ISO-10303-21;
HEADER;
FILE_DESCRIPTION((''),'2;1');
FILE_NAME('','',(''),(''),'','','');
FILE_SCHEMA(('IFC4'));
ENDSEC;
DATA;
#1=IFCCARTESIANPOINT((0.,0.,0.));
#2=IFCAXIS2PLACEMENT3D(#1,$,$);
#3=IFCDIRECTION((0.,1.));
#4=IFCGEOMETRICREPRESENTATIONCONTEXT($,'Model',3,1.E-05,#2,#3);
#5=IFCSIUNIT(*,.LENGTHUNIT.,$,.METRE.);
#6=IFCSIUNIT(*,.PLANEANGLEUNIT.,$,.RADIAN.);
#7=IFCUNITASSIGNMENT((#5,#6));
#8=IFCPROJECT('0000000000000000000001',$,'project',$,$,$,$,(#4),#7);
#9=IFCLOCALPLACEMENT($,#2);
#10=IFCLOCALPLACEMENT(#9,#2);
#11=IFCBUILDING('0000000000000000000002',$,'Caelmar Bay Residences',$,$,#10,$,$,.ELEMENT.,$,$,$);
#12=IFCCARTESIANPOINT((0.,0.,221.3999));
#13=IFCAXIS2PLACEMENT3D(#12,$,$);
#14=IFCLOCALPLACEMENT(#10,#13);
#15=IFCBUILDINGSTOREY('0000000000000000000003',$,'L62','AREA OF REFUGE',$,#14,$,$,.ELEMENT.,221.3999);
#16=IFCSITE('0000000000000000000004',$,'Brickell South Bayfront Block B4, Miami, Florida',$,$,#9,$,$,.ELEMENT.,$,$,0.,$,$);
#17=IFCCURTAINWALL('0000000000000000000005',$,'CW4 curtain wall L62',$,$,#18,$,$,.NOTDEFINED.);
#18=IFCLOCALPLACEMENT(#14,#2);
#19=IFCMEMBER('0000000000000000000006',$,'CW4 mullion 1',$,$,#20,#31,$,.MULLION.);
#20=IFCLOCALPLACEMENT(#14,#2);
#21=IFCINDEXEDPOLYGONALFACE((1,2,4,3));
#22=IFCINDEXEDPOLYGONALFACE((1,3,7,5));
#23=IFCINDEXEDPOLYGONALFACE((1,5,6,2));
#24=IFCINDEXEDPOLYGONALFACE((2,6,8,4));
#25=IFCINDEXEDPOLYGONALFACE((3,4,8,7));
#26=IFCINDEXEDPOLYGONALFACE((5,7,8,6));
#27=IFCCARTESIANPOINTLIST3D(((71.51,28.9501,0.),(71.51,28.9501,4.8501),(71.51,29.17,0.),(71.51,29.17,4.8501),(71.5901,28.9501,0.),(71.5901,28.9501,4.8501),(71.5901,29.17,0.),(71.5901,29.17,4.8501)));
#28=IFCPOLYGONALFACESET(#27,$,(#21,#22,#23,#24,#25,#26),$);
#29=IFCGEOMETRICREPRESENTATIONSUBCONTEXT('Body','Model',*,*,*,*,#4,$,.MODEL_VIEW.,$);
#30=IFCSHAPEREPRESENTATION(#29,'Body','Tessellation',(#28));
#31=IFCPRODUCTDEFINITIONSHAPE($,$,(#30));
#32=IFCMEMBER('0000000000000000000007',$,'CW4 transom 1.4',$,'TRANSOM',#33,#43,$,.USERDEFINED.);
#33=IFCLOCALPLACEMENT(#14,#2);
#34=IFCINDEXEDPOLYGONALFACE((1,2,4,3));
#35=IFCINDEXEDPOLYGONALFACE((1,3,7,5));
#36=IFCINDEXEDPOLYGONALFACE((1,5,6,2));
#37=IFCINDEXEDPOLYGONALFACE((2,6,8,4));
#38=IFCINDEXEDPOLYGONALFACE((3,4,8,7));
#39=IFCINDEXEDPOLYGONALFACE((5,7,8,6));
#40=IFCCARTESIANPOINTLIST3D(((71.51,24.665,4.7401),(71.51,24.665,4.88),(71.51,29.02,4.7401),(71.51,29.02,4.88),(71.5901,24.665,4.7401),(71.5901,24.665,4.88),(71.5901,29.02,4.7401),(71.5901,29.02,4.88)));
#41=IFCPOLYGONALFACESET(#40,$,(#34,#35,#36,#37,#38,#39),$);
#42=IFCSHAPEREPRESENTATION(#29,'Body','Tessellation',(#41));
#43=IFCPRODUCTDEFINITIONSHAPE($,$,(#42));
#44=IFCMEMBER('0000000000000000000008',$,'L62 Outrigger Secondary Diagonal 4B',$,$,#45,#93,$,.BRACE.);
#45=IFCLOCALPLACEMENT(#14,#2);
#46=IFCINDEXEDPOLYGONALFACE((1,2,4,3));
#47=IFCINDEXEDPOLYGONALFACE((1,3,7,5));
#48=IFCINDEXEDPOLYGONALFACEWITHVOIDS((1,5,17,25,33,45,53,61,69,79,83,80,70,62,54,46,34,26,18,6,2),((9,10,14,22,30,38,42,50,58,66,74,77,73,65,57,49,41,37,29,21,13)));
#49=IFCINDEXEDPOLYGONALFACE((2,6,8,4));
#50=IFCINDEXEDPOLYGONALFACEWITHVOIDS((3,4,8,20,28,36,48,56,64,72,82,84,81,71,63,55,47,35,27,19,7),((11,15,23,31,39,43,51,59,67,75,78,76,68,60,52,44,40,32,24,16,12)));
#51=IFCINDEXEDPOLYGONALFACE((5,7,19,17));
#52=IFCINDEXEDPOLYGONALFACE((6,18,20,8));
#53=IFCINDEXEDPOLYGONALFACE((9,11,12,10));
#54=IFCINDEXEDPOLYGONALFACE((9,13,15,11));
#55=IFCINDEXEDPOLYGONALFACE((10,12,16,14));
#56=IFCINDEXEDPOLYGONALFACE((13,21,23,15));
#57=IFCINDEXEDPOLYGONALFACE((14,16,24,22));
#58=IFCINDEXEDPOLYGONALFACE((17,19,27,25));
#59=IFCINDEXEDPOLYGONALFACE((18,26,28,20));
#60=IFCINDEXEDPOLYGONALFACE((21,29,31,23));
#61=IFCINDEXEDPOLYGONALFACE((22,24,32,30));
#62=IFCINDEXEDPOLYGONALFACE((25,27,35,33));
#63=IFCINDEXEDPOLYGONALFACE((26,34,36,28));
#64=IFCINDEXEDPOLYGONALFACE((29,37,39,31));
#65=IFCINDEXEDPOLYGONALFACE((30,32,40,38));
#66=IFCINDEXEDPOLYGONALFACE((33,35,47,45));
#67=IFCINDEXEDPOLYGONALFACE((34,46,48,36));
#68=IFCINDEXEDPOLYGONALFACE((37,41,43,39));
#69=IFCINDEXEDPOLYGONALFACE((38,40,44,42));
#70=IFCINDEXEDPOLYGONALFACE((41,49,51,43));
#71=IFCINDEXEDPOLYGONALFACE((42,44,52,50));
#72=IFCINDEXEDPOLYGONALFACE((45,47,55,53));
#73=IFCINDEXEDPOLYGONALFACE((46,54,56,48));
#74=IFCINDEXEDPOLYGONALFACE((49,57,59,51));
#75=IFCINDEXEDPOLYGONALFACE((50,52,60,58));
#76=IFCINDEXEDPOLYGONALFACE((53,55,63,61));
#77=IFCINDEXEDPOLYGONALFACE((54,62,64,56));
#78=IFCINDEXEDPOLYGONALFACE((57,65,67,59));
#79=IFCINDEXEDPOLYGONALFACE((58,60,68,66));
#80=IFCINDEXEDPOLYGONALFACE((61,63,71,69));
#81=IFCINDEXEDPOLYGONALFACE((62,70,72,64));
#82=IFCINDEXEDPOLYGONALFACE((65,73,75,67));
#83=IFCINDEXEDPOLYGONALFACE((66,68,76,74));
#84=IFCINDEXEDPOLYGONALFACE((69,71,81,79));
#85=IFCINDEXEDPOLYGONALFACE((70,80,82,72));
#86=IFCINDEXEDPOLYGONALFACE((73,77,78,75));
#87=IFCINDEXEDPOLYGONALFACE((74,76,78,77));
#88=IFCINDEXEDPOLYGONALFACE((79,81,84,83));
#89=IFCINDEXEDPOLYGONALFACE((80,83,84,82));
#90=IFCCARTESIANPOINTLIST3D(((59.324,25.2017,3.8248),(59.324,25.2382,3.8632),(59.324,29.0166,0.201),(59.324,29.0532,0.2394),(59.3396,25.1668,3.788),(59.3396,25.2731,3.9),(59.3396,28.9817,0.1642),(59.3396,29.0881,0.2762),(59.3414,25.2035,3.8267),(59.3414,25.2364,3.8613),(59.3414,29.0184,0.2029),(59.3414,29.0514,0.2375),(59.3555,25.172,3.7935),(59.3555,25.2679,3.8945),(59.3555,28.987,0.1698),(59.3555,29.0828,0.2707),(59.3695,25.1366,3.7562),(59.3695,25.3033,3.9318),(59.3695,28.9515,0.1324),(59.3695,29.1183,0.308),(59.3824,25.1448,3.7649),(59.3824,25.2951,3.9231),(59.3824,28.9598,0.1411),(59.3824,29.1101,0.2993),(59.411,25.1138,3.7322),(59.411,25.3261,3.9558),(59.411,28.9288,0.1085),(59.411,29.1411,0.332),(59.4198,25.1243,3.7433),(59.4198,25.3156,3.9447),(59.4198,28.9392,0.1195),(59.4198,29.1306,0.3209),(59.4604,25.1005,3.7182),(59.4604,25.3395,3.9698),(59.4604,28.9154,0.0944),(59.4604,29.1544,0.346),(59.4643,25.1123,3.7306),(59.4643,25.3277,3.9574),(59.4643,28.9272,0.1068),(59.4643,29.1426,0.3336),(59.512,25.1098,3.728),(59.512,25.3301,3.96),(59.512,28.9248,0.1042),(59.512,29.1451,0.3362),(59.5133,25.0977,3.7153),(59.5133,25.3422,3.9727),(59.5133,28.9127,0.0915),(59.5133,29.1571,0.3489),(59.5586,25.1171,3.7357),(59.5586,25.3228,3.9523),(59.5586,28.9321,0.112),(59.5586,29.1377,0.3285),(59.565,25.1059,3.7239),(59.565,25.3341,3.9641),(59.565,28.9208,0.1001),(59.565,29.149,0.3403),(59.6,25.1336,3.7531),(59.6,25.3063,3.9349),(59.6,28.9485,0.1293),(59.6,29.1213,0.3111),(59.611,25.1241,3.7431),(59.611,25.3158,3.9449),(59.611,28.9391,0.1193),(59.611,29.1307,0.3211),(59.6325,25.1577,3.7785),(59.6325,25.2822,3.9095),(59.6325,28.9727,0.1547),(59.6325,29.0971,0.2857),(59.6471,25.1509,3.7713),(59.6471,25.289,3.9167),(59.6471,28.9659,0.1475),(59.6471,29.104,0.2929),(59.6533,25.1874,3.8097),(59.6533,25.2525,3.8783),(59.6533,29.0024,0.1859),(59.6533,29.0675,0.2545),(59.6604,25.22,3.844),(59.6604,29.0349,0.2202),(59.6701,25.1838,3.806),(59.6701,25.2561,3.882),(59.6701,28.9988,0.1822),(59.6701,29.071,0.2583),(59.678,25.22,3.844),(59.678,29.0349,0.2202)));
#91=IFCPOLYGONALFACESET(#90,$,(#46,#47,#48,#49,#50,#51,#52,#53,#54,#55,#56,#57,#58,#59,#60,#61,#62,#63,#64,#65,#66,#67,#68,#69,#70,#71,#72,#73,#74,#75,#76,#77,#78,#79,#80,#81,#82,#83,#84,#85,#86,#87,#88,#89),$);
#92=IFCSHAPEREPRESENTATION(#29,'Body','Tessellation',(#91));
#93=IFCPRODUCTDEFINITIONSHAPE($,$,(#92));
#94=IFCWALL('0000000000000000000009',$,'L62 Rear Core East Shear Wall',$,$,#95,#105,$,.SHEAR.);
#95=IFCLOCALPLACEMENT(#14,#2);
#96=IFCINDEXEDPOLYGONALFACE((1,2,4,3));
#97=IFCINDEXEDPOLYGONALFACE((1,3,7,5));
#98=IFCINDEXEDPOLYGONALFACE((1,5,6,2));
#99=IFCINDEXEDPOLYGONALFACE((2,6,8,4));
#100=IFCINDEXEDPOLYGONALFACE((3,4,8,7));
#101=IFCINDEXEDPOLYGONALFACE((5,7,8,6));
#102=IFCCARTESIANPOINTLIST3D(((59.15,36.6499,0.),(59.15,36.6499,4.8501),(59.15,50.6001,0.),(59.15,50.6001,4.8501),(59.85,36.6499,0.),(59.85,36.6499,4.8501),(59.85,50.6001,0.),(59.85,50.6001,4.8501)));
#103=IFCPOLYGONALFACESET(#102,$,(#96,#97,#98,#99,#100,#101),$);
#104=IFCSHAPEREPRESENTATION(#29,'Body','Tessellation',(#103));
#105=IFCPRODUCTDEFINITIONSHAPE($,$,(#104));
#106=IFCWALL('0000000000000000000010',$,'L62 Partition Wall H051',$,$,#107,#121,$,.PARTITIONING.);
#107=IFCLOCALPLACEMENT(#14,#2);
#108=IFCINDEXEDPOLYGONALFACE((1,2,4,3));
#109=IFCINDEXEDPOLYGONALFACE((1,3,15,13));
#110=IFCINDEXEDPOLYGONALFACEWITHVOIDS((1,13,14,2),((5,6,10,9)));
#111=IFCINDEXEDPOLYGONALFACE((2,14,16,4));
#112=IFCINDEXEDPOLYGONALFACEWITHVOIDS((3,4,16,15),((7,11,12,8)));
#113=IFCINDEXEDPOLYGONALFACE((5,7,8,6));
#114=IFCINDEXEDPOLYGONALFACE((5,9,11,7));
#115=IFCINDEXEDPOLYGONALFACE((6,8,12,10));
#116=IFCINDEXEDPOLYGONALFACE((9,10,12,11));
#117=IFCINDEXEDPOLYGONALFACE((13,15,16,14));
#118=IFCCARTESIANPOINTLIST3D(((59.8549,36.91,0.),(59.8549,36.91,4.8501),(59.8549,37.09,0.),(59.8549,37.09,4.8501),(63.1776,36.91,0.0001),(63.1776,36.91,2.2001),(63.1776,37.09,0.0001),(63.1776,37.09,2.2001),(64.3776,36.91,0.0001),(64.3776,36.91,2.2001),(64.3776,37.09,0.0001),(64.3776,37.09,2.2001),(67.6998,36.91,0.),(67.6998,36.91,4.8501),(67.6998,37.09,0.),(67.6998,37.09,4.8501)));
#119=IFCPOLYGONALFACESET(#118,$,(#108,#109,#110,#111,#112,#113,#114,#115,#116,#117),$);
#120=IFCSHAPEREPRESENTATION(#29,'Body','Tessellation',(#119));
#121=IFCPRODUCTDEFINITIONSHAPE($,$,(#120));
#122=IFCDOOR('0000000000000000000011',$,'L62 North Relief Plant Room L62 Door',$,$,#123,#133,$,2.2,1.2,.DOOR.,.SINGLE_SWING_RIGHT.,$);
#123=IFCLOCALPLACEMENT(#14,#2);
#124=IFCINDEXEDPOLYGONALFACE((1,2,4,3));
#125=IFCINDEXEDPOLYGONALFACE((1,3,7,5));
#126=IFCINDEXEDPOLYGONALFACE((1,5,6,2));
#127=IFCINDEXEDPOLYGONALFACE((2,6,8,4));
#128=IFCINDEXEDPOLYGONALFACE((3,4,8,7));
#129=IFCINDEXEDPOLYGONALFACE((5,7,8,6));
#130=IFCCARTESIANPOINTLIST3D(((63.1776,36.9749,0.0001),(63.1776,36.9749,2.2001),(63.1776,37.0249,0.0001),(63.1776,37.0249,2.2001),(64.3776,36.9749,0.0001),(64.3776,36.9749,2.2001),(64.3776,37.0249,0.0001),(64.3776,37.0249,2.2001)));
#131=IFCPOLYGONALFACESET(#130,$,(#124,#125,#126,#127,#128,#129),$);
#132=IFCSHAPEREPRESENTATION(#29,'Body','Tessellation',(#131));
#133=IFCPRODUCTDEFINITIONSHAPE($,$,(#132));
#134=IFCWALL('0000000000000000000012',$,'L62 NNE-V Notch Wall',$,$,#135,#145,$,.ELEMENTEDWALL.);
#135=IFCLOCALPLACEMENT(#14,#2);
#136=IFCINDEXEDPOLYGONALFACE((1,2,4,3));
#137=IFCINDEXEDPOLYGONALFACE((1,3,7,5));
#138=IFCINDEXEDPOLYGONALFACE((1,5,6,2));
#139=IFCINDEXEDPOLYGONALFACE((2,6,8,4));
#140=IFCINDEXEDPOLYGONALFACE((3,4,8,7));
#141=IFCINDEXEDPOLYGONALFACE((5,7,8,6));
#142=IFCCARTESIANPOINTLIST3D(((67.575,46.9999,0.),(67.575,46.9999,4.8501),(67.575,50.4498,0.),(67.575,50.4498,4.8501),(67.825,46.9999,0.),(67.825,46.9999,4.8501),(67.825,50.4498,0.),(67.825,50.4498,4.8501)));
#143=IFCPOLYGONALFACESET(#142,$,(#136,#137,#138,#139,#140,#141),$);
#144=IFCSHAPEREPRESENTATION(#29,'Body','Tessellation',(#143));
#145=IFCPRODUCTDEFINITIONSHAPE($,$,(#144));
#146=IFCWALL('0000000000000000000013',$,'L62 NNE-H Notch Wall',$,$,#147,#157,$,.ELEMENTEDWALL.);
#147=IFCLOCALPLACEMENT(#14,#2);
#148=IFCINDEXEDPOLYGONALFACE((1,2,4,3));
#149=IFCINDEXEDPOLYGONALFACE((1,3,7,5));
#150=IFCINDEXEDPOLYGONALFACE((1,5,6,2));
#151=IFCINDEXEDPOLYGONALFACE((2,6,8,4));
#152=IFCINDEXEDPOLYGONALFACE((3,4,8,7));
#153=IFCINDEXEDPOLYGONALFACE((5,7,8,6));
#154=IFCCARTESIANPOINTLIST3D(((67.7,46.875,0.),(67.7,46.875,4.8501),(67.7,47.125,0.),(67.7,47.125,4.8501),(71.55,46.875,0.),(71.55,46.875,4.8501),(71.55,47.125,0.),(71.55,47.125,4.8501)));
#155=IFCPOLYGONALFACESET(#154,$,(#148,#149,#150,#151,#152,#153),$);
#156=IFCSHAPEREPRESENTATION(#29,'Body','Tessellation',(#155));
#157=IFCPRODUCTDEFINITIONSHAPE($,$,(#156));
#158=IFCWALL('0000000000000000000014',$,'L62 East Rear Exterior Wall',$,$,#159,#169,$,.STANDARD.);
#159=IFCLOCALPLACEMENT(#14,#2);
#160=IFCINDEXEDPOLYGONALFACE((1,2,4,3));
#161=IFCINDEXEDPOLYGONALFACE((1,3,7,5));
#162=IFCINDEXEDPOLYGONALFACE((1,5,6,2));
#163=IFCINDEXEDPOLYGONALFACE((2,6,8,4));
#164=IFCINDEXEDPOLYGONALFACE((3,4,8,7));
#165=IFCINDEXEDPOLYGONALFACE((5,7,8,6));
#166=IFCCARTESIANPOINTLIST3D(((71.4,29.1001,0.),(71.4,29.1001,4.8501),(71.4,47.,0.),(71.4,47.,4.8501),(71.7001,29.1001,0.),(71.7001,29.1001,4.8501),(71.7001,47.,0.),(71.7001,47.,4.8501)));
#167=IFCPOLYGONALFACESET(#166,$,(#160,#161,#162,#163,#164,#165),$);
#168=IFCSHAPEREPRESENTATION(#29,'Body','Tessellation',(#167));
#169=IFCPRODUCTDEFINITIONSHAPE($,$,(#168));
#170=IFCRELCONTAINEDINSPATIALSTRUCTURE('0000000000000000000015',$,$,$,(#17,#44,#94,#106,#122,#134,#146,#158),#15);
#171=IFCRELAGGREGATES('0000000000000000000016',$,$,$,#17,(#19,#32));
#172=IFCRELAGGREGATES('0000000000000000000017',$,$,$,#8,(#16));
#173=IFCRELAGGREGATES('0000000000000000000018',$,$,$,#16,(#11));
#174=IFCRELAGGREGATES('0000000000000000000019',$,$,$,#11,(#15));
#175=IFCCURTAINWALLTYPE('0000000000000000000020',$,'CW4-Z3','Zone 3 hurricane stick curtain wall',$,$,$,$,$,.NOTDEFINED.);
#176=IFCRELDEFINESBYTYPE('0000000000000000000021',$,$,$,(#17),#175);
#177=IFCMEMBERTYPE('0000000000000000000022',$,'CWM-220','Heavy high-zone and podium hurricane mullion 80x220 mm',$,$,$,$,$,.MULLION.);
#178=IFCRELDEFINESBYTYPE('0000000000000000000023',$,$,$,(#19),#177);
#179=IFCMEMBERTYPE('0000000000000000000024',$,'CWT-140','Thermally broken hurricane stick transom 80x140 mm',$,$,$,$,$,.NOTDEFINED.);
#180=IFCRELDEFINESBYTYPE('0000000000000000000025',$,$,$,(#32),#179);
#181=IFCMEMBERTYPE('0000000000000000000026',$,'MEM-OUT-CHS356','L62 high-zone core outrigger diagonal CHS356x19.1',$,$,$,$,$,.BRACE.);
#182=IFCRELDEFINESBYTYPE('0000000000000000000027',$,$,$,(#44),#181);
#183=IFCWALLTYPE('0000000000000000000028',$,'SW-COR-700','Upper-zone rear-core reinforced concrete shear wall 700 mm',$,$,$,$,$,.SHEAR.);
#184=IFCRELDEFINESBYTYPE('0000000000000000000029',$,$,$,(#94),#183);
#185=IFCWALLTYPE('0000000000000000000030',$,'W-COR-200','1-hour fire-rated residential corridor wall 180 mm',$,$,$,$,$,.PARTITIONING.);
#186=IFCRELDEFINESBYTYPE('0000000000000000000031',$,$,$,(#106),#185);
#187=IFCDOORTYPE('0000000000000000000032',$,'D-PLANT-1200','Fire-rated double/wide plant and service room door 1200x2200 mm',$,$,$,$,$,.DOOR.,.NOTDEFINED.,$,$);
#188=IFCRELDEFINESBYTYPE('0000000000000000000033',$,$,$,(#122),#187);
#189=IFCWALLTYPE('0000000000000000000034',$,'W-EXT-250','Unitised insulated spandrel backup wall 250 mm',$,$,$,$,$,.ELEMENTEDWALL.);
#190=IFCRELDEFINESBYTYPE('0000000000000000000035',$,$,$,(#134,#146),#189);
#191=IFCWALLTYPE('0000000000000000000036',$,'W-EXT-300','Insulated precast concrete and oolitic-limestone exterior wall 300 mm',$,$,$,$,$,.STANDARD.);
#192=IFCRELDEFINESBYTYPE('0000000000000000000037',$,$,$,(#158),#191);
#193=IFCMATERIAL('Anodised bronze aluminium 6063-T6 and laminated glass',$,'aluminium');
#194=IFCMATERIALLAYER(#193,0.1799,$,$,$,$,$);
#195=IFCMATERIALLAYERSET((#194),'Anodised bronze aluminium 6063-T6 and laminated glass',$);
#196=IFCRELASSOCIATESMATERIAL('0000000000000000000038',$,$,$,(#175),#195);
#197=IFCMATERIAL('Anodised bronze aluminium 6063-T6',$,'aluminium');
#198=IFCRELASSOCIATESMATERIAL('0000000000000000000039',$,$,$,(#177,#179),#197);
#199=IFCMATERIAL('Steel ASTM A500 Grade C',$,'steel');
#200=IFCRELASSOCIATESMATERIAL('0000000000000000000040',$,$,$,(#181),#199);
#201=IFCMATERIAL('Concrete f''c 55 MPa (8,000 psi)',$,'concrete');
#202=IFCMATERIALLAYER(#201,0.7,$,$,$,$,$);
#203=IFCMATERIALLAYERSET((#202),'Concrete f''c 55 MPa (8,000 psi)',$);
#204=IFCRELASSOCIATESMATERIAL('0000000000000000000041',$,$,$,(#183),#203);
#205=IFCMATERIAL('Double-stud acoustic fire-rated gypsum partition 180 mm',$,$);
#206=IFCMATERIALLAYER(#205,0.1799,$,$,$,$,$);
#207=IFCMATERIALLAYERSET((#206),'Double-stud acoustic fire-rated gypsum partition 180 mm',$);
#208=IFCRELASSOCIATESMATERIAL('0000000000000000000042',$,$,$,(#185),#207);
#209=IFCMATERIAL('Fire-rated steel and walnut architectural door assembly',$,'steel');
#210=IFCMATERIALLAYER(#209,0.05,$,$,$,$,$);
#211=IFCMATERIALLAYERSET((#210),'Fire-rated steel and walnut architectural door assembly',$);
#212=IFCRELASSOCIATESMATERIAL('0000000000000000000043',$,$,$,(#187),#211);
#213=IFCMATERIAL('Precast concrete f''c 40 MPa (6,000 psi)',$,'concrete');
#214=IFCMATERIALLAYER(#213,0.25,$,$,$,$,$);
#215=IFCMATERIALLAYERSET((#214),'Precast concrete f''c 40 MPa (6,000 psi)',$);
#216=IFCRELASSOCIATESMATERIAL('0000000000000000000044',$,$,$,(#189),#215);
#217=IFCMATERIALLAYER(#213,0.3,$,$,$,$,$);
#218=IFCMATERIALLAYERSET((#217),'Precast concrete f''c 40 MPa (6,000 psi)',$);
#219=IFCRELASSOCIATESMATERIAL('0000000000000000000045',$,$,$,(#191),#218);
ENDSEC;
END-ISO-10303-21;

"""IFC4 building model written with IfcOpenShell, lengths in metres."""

from ifc_helpers import new_model, si_unit, direction, frame, frame_2d, origin, origin_2d, place, context, subcontext, project, spatial, rectangle, hollow_circle, extrude, material, layer, layer_set, material_profile, profile_set, type_object, element, fill, aggregate, save


model = new_model("IFC4")

# Units and contexts
model_context = context("Model", 3, precision=1e-05, world=origin(), true_north=direction((0.0, 1.0)))
body_context = subcontext(model_context, "Body", "Model", "MODEL_VIEW")
ifc_project = project(units=[si_unit("LENGTHUNIT", "METRE"), si_unit("PLANEANGLEUNIT", "RADIAN")], contexts=[model_context])

# Site, building, storey
site_placement = place(None, origin())
site = spatial("IfcSite", under=ifc_project, at=site_placement, Name="Brickell South Bayfront Block B4, Miami, Florida", CompositionType="ELEMENT", RefElevation=0.0)
building_placement = place(site_placement, origin())
building = spatial("IfcBuilding", under=site, at=building_placement, Name="Caelmar Bay Residences", CompositionType="ELEMENT")
storey_placement = place(building_placement, frame((0.0, 0.0, 221.3999)))
storey = spatial("IfcBuildingStorey", under=building, at=storey_placement, Name="L62", Description="AREA OF REFUGE", CompositionType="ELEMENT", Elevation=221.3999)

# Shared definitions
ifc_material_1 = material(Name="Concrete f'c 55 MPa (8,000 psi)", Category="concrete")

# Curtain wall, members
ifc_material_2 = material(Name="Anodised bronze aluminium 6063-T6 and laminated glass", Category="aluminium")
ifc_layer_1 = layer(ifc_material_2, 0.1799)
ifc_layer_set_1 = layer_set([ifc_layer_1], Name="Anodised bronze aluminium 6063-T6 and laminated glass")
curtain_wall_type = type_object("IfcCurtainWallType", Name="CW4-Z3", Description="Zone 3 hurricane stick curtain wall", PredefinedType="NOTDEFINED", material=ifc_layer_set_1)
curtain_wall_placement = place(storey_placement, origin())
curtain_wall = element("IfcCurtainWall", 1, at=curtain_wall_placement, inside=storey, type_object=curtain_wall_type, Name="CW4 curtain wall L62", PredefinedType="NOTDEFINED")
ifc_material_3 = material(Name="Anodised bronze aluminium 6063-T6", Category="aluminium")
ifc_material_profile_1 = material_profile(ifc_material_3, rectangle(XDim=0.0801, YDim=0.22, at=origin_2d()), Name="CWM-80X220")
ifc_profile_set_1 = profile_set([ifc_material_profile_1], Name="Anodised bronze aluminium 6063-T6")
member_type_1 = type_object("IfcMemberType", Name="CWM-220", Description="Heavy high-zone and podium hurricane mullion 80x220 mm", PredefinedType="MULLION", material=ifc_profile_set_1)
member_1_placement = place(storey_placement, frame((71.55, 29.0601, 0.0), z_axis=(0.0, 0.0, 1.0), x_axis=(1.0, 0.0, 0.0)))
member_1 = element("IfcMember", 2, at=member_1_placement, type_object=member_type_1, Name="CW4 mullion 1", PredefinedType="MULLION", context=body_context, shape_type="SweptSolid", body=[
    extrude(rectangle(XDim=0.0801, YDim=0.22, at=origin_2d()), origin(), (0.0, 0.0, 1.0), 4.8501),
])
ifc_material_profile_2 = material_profile(ifc_material_3, rectangle(XDim=0.0801, YDim=0.1399, at=origin_2d()), Name="CWT-80X140")
ifc_profile_set_2 = profile_set([ifc_material_profile_2], Name="Anodised bronze aluminium 6063-T6")
member_type_2 = type_object("IfcMemberType", Name="CWT-140", Description="Thermally broken hurricane stick transom 80x140 mm", PredefinedType="NOTDEFINED", material=ifc_profile_set_2)
member_2_placement = place(storey_placement, frame((71.55, 29.02, 4.8101), z_axis=(0.0, -1.0, 0.0), x_axis=(1.0, 0.0, 0.0)))
member_2 = element("IfcMember", 3, at=member_2_placement, type_object=member_type_2, Name="CW4 transom 1.4", ObjectType="TRANSOM", PredefinedType="USERDEFINED", context=body_context, shape_type="SweptSolid", body=[
    extrude(rectangle(XDim=0.0801, YDim=0.1399, at=origin_2d()), origin(), (0.0, 0.0, 1.0), 4.355),
])
aggregate(curtain_wall, [member_1, member_2])

# Member
ifc_material_4 = material(Name="Steel ASTM A500 Grade C", Category="steel")
ifc_material_profile_3 = material_profile(ifc_material_4, hollow_circle(Radius=0.178, WallThickness=0.0176, at=origin_2d()), Name="CHS356X19.1")
ifc_profile_set_3 = profile_set([ifc_material_profile_3], Name="Steel ASTM A500 Grade C")
member_type_3 = type_object("IfcMemberType", Name="MEM-OUT-CHS356", Description="L62 high-zone core outrigger diagonal CHS356x19.1", PredefinedType="BRACE", material=ifc_profile_set_3)
member_3_placement = place(storey_placement, frame((59.5, 29.0349, 0.2202), z_axis=(0.0, -0.725039, 0.688708), x_axis=(1.0, 0.0, 0.0)))
element("IfcMember", 4, at=member_3_placement, inside=storey, type_object=member_type_3, Name="L62 Outrigger Secondary Diagonal 4B", PredefinedType="BRACE", context=body_context, shape_type="SweptSolid", body=[
    extrude(hollow_circle(Radius=0.178, WallThickness=0.0176, at=origin_2d()), origin(), (0.0, 0.0, 1.0), 5.2617),
])

# Wall
ifc_layer_2 = layer(ifc_material_1, 0.7)
ifc_layer_set_2 = layer_set([ifc_layer_2], Name="Concrete f'c 55 MPa (8,000 psi)")
wall_type_1 = type_object("IfcWallType", Name="SW-COR-700", Description="Upper-zone rear-core reinforced concrete shear wall 700 mm", PredefinedType="SHEAR", material=ifc_layer_set_2)
wall_1_placement = place(storey_placement, frame((59.5, 36.6499, 0.0), z_axis=(0.0, 0.0, 1.0), x_axis=(0.0, 1.0, 0.0)))
element("IfcWall", 5, at=wall_1_placement, inside=storey, type_object=wall_type_1, Name="L62 Rear Core East Shear Wall", PredefinedType="SHEAR", context=body_context, shape_type="SweptSolid", body=[
    extrude(rectangle(XDim=13.9502, YDim=0.7, at=frame_2d((6.9751, 0.0))), origin(), (0.0, 0.0, 1.0), 4.8501),
])

# Wall, opening, door
ifc_material_5 = material(Name="Double-stud acoustic fire-rated gypsum partition 180 mm")
ifc_layer_3 = layer(ifc_material_5, 0.1799)
ifc_layer_set_3 = layer_set([ifc_layer_3], Name="Double-stud acoustic fire-rated gypsum partition 180 mm")
wall_type_2 = type_object("IfcWallType", Name="W-COR-200", Description="1-hour fire-rated residential corridor wall 180 mm", PredefinedType="PARTITIONING", material=ifc_layer_set_3)
wall_2_placement = place(storey_placement, frame((59.855, 37.0, 0.0), z_axis=(0.0, 0.0, 1.0), x_axis=(1.0, 0.0, 0.0)))
wall_2 = element("IfcWall", 6, at=wall_2_placement, inside=storey, type_object=wall_type_2, Name="L62 Partition Wall H051", PredefinedType="PARTITIONING", context=body_context, shape_type="SweptSolid", body=[
    extrude(rectangle(XDim=7.845, YDim=0.1799, at=frame_2d((3.9224, 0.0))), origin(), (0.0, 0.0, 1.0), 4.8501),
])
opening_1_placement = place(wall_2_placement, frame((3.3225, 0.0, 0.0)))
opening_1 = element("IfcOpeningElement", 7, at=opening_1_placement, cuts=wall_2, PredefinedType="OPENING", context=body_context, shape_type="SweptSolid", body=[
    extrude(rectangle(XDim=1.2, YDim=2.2, at=frame_2d((0.6001, 1.1001))), frame((0.0, 0.0999, 0.0), z_axis=(0.0, -1.0, 0.0), x_axis=(1.0, 0.0, 0.0)), (0.0, 0.0, 1.0), 0.2),
])
ifc_material_6 = material(Name="Fire-rated steel and walnut architectural door assembly", Category="steel")
ifc_layer_4 = layer(ifc_material_6, 0.05)
ifc_layer_set_4 = layer_set([ifc_layer_4], Name="Fire-rated steel and walnut architectural door assembly")
door_type = type_object("IfcDoorType", Name="D-PLANT-1200", Description="Fire-rated double/wide plant and service room door 1200x2200 mm", OperationType="NOTDEFINED", PredefinedType="DOOR", material=ifc_layer_set_4)
door_placement = place(opening_1_placement, origin())
door = element("IfcDoor", 8, at=door_placement, inside=storey, type_object=door_type, Name="L62 North Relief Plant Room L62 Door", OperationType="SINGLE_SWING_RIGHT", OverallHeight=2.2, OverallWidth=1.2, PredefinedType="DOOR", context=body_context, shape_type="SweptSolid", body=[
    extrude(rectangle(XDim=1.2, YDim=2.2, at=frame_2d((0.6001, 1.1001))), frame((0.0, 0.0249, 0.0), z_axis=(0.0, -1.0, 0.0), x_axis=(1.0, 0.0, 0.0)), (0.0, 0.0, 1.0), 0.05),
])
fill(opening_1, door)

# Walls
ifc_material_7 = material(Name="Precast concrete f'c 40 MPa (6,000 psi)", Category="concrete")
ifc_layer_5 = layer(ifc_material_7, 0.25)
ifc_layer_set_5 = layer_set([ifc_layer_5], Name="Precast concrete f'c 40 MPa (6,000 psi)")
wall_type_3 = type_object("IfcWallType", Name="W-EXT-250", Description="Unitised insulated spandrel backup wall 250 mm", PredefinedType="ELEMENTEDWALL", material=ifc_layer_set_5)
wall_3_placement = place(storey_placement, frame((67.7, 50.45, 0.0), z_axis=(0.0, 0.0, 1.0), x_axis=(0.0, -1.0, 0.0)))
element("IfcWall", 9, at=wall_3_placement, inside=storey, type_object=wall_type_3, Name="L62 NNE-V Notch Wall", PredefinedType="ELEMENTEDWALL", context=body_context, shape_type="SweptSolid", body=[
    extrude(rectangle(XDim=3.45, YDim=0.25, at=frame_2d((1.7251, 0.0))), origin(), (0.0, 0.0, 1.0), 4.8501),
])
wall_4_placement = place(storey_placement, frame((67.7, 47.0, 0.0), z_axis=(0.0, 0.0, 1.0), x_axis=(1.0, 0.0, 0.0)))
element("IfcWall", 10, at=wall_4_placement, inside=storey, type_object=wall_type_3, Name="L62 NNE-H Notch Wall", PredefinedType="ELEMENTEDWALL", context=body_context, shape_type="SweptSolid", body=[
    extrude(rectangle(XDim=3.8501, YDim=0.25, at=frame_2d((1.925, 0.0))), origin(), (0.0, 0.0, 1.0), 4.8501),
])
ifc_layer_6 = layer(ifc_material_7, 0.3)
ifc_layer_set_6 = layer_set([ifc_layer_6], Name="Precast concrete f'c 40 MPa (6,000 psi)")
wall_type_4 = type_object("IfcWallType", Name="W-EXT-300", Description="Insulated precast concrete and oolitic-limestone exterior wall 300 mm", PredefinedType="STANDARD", material=ifc_layer_set_6)
wall_5_placement = place(storey_placement, frame((71.55, 47.0, 0.0), z_axis=(0.0, 0.0, 1.0), x_axis=(0.0, -1.0, 0.0)))
element("IfcWall", 11, at=wall_5_placement, inside=storey, type_object=wall_type_4, Name="L62 East Rear Exterior Wall", PredefinedType="STANDARD", context=body_context, shape_type="SweptSolid", body=[
    extrude(rectangle(XDim=17.8999, YDim=0.3, at=frame_2d((8.95, 0.0))), origin(), (0.0, 0.0, 1.0), 4.8501),
])

save(model, "model.ifc")
